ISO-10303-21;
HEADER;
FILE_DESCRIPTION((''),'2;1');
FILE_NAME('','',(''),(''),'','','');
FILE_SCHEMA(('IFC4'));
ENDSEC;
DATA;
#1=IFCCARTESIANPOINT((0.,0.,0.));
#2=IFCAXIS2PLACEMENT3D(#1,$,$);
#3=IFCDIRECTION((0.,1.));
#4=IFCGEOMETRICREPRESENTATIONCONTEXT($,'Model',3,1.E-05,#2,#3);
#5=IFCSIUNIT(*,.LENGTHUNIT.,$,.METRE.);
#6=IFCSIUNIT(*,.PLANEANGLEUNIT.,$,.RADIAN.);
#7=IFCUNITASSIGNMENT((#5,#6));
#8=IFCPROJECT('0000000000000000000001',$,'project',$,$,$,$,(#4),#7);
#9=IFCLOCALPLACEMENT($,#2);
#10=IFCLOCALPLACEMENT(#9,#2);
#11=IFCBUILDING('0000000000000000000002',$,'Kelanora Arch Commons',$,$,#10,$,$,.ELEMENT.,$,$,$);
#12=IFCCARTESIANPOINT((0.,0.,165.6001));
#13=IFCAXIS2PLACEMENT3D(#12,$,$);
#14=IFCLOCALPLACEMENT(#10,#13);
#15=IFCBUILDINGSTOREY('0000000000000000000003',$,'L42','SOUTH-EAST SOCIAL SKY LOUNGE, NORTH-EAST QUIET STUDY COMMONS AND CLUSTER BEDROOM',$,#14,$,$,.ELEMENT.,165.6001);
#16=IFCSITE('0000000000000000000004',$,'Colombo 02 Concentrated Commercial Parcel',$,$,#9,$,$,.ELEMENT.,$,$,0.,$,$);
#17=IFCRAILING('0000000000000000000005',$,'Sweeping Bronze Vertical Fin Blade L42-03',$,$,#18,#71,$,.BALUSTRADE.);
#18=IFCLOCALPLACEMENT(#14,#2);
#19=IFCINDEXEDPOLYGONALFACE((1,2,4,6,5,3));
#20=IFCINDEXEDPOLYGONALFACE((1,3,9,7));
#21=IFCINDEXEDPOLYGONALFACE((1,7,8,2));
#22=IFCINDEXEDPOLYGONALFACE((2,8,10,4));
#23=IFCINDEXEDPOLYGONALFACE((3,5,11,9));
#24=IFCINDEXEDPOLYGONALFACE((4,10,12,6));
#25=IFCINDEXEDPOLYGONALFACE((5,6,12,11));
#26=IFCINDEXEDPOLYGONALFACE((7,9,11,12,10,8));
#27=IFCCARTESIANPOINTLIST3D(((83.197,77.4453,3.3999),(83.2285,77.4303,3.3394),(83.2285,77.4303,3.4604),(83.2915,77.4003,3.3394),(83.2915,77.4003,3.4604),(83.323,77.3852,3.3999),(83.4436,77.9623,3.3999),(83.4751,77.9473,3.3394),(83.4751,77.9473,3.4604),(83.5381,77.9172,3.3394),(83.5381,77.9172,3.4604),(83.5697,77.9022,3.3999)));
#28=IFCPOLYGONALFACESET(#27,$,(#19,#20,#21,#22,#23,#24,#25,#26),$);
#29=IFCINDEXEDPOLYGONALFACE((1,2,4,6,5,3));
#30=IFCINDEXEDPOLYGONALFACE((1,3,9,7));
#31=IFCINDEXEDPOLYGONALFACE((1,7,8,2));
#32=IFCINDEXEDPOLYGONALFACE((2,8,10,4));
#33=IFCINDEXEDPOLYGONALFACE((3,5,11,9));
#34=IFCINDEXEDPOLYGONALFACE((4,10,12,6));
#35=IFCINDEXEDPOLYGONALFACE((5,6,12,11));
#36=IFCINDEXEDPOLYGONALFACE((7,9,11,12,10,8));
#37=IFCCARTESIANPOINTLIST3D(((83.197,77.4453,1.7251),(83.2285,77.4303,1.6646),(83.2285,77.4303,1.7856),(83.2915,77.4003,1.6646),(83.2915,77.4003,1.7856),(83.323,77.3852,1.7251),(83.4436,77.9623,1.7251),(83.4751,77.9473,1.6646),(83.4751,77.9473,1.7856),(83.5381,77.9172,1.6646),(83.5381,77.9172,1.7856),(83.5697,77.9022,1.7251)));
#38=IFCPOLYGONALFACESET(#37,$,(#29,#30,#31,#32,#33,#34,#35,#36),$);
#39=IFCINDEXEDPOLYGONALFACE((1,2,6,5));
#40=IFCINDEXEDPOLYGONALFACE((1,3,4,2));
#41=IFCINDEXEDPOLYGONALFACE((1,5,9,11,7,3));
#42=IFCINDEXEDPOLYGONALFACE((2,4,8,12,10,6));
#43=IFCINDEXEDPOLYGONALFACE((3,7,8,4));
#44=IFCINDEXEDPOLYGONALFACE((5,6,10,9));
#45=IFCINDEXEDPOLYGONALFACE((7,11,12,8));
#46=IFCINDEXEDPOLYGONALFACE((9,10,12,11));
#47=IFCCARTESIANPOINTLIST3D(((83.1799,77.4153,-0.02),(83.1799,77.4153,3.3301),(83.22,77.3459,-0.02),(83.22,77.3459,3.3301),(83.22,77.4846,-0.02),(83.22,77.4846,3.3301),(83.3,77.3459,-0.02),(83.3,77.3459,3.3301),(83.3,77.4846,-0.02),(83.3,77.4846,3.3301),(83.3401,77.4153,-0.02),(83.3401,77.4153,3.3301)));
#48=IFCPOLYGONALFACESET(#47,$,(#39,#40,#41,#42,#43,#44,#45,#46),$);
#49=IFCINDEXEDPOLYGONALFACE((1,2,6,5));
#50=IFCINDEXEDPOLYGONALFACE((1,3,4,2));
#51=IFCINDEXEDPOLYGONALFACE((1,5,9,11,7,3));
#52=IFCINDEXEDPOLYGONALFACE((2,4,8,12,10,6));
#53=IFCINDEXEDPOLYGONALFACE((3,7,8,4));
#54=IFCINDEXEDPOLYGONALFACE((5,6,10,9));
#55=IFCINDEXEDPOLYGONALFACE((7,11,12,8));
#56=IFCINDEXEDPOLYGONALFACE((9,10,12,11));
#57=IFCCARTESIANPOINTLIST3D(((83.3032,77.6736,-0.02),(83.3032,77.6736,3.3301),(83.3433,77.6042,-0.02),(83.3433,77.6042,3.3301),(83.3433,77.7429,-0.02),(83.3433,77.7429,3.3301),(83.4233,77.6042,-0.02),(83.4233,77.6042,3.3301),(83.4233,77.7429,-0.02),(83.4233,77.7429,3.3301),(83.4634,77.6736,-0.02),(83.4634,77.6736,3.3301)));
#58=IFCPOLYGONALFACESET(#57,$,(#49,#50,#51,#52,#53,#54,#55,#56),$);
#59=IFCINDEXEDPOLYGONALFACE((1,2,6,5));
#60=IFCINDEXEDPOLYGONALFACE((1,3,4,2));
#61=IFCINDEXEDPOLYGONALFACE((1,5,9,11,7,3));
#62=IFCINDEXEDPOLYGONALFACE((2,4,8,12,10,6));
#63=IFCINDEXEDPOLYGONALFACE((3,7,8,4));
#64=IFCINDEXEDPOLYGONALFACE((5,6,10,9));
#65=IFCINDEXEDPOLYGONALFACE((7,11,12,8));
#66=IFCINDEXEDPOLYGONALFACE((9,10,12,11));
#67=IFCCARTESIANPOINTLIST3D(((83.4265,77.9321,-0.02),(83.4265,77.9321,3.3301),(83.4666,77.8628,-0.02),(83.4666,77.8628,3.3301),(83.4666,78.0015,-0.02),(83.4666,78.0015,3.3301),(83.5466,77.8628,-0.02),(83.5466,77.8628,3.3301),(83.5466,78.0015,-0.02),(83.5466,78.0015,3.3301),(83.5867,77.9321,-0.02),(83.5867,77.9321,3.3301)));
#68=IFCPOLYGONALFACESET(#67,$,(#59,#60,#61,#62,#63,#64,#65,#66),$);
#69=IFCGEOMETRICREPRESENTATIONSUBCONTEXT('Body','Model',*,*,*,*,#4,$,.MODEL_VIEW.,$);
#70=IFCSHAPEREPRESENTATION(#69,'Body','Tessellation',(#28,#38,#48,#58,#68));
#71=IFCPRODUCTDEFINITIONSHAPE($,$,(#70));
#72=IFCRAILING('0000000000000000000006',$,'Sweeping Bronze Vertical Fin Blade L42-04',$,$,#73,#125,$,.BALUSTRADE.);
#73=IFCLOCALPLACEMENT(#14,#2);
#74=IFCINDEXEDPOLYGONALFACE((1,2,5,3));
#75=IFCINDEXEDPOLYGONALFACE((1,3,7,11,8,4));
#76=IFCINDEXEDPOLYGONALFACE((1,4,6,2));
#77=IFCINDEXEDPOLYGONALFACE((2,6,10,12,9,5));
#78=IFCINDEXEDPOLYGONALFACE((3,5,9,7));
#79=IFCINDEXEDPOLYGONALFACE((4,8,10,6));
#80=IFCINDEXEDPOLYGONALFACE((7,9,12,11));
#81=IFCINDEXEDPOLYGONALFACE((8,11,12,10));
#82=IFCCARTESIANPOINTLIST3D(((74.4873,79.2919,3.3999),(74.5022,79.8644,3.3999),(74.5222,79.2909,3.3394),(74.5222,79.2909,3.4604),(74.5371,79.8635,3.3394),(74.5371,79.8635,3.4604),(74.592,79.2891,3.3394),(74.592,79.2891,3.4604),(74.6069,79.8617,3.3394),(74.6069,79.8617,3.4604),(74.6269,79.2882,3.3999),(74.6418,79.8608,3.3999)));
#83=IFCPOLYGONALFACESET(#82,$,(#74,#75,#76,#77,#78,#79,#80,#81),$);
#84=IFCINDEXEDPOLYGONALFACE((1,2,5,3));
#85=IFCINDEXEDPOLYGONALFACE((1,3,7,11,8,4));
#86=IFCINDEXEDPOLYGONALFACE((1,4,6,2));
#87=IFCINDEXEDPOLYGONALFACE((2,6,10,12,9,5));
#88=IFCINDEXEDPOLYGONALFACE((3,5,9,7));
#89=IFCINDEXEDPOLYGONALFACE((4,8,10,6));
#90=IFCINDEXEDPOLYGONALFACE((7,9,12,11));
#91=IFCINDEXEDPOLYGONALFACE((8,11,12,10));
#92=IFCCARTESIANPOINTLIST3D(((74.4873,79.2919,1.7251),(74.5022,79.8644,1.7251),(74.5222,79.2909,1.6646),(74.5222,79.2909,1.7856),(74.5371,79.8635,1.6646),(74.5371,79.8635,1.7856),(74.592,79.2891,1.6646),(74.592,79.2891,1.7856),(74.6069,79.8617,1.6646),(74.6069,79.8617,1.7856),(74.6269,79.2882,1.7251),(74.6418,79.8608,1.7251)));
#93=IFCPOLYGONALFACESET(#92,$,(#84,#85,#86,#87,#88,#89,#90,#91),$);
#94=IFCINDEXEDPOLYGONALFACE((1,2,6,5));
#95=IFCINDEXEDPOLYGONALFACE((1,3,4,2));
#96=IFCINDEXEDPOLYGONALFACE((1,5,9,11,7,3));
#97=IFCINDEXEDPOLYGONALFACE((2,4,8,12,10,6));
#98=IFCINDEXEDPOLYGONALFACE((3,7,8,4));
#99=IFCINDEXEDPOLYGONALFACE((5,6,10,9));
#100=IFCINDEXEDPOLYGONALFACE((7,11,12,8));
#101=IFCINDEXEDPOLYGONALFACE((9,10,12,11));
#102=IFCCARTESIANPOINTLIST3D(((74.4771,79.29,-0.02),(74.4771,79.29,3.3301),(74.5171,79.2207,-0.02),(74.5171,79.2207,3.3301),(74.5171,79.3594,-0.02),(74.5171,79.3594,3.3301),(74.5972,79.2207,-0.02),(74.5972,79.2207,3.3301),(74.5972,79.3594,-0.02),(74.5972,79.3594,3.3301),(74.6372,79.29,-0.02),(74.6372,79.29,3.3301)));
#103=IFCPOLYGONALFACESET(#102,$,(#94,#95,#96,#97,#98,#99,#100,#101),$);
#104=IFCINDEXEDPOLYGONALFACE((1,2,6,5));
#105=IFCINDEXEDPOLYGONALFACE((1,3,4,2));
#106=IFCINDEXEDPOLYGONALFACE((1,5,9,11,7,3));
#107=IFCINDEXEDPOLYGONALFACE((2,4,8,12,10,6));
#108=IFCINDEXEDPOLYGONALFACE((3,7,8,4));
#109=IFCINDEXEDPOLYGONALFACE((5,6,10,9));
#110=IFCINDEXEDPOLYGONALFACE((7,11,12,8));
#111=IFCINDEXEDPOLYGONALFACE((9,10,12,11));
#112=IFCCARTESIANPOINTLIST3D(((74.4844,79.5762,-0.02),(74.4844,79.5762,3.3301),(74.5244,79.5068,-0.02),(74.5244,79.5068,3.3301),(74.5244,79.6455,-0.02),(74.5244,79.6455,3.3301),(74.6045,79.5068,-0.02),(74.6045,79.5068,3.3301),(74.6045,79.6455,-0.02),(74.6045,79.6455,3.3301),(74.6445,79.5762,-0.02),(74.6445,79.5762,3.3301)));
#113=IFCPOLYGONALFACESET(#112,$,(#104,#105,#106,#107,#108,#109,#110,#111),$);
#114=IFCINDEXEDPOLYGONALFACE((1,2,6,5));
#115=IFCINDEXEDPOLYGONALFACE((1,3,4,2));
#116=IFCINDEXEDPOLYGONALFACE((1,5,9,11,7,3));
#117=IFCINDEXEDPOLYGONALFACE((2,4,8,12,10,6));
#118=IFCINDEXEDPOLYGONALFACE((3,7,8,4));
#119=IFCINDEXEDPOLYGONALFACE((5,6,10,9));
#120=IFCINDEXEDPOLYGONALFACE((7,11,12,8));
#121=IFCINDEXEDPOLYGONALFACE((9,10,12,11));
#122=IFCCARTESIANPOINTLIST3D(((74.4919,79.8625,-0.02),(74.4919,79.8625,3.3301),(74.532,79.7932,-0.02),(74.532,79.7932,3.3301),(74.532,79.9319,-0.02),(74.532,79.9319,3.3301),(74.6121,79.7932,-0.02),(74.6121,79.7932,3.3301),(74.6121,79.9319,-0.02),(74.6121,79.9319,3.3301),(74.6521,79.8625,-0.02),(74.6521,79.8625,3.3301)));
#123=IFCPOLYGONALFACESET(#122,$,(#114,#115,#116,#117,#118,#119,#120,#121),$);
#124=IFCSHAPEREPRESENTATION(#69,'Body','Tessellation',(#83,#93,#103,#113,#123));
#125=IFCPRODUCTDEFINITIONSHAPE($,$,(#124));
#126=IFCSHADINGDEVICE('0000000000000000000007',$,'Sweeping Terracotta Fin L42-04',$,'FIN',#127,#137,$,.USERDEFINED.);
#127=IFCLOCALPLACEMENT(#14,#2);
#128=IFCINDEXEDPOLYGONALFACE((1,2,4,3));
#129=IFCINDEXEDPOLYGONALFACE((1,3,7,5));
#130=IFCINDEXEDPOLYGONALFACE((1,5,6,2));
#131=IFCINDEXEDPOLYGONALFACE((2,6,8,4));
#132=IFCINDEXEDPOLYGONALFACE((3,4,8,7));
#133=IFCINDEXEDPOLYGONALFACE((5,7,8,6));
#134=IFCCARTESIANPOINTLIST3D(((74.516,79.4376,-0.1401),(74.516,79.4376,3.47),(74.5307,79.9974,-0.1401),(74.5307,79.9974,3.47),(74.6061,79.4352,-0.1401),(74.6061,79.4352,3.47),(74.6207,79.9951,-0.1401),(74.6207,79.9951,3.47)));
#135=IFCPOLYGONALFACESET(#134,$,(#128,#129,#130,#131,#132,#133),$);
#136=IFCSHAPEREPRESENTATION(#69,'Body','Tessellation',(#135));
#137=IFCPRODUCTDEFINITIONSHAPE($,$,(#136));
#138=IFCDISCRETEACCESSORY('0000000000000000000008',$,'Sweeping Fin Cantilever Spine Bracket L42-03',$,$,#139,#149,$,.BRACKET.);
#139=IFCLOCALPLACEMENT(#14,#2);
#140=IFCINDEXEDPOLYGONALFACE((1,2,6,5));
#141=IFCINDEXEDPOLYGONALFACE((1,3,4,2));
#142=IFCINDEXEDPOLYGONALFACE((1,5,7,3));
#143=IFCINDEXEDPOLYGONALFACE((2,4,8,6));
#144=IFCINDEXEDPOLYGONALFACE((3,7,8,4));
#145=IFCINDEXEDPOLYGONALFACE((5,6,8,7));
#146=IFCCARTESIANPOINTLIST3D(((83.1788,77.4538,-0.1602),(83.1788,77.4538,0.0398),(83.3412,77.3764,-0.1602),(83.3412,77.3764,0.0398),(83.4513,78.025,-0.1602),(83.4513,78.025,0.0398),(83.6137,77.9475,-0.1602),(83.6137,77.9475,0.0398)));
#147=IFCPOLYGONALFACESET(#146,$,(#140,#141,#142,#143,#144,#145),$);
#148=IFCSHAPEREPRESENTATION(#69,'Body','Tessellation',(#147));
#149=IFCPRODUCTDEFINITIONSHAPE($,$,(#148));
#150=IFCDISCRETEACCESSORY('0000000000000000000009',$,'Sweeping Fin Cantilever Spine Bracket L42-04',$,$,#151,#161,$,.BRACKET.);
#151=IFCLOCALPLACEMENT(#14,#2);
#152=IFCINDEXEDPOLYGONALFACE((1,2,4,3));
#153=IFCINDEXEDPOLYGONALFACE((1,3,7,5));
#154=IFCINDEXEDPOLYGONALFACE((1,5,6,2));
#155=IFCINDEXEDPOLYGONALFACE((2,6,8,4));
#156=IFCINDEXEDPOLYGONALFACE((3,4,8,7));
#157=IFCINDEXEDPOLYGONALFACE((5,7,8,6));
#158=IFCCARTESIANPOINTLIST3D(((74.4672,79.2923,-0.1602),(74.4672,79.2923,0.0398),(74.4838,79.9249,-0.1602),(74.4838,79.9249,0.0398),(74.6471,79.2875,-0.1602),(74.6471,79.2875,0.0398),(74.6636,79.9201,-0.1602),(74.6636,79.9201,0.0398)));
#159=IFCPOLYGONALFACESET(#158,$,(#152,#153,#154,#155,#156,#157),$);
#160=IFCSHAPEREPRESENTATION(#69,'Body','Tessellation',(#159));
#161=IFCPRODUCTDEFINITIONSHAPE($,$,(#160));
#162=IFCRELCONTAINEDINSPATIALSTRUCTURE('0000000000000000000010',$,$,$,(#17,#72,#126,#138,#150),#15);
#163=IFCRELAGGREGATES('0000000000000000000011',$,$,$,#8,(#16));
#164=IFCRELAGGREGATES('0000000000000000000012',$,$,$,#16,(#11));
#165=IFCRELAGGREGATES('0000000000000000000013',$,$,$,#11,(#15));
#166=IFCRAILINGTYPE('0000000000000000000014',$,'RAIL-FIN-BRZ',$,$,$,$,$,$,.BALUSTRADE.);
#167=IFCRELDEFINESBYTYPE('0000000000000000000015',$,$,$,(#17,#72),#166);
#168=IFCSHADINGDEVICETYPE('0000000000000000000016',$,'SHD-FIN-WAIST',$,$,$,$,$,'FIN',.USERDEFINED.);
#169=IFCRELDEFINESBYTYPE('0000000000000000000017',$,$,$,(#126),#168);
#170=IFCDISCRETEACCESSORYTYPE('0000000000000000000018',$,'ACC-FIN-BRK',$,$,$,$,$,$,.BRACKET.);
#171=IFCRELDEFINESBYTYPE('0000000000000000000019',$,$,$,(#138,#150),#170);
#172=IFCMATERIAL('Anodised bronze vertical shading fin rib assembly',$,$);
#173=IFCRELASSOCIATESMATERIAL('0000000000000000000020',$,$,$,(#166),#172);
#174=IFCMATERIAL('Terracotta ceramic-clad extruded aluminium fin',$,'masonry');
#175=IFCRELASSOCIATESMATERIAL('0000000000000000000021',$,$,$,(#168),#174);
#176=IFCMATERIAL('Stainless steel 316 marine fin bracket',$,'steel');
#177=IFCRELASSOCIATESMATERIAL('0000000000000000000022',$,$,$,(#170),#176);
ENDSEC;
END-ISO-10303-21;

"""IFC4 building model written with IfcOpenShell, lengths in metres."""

from ifc_helpers import new_model, si_unit, direction, frame, origin, origin_2d, place, context, subcontext, project, spatial, polyline, rectangle, outline, extrude, source, transform, mapped, material, type_object, element, save


model = new_model("IFC4")

# Units and contexts
model_context = context("Model", 3, precision=1e-05, world=origin(), true_north=direction((0.0, 1.0)))
body_context = subcontext(model_context, "Body", "Model", "MODEL_VIEW")
ifc_project = project(units=[si_unit("LENGTHUNIT", "METRE"), si_unit("PLANEANGLEUNIT", "RADIAN")], contexts=[model_context])

# Site, building, storey
site_placement = place(None, origin())
site = spatial("IfcSite", under=ifc_project, at=site_placement, Name="Colombo 02 Concentrated Commercial Parcel", CompositionType="ELEMENT", RefElevation=0.0)
building_placement = place(site_placement, origin())
building = spatial("IfcBuilding", under=site, at=building_placement, Name="Kelanora Arch Commons", CompositionType="ELEMENT")
storey_placement = place(building_placement, frame((0.0, 0.0, 165.6001)))
storey = spatial("IfcBuildingStorey", under=building, at=storey_placement, Name="L42", Description="SOUTH-EAST SOCIAL SKY LOUNGE, NORTH-EAST QUIET STUDY COMMONS AND CLUSTER BEDROOM", CompositionType="ELEMENT", Elevation=165.6001)

# Railings
ifc_material_1 = material(Name="Anodised bronze vertical shading fin rib assembly")
railing_type = type_object("IfcRailingType", Name="RAIL-FIN-BRZ", PredefinedType="BALUSTRADE", material=ifc_material_1)
railing_1_placement = place(storey_placement, frame((83.26, 77.4153, -0.02)))
element("IfcRailing", 1, at=railing_1_placement, inside=storey, type_object=railing_type, Name="Sweeping Bronze Vertical Fin Blade L42-03", PredefinedType="BALUSTRADE", context=body_context, shape_type="SweptSolid", body=[
    extrude(outline(polyline([(0.0698, 0.0), (0.0349, 0.0605), (-0.0349, 0.0605), (-0.0698, 0.0), (-0.0349, -0.0605), (0.0349, -0.0605), (0.0698, 0.0)])), frame((0.0, 0.0, 3.4199), z_axis=(0.430595, 0.902545, 0.0), x_axis=(-0.902545, 0.430595, 0.0)), (0.0, 0.0, 1.0), 0.5728),
    extrude(outline(polyline([(0.0698, 0.0), (0.0349, 0.0605), (-0.0349, 0.0605), (-0.0698, 0.0), (-0.0349, -0.0605), (0.0349, -0.0605), (0.0698, 0.0)])), frame((0.0, 0.0, 1.7451), z_axis=(0.430595, 0.902545, 0.0), x_axis=(-0.902545, 0.430595, 0.0)), (0.0, 0.0, 1.0), 0.5728),
    extrude(outline(polyline([(0.0801, 0.0), (0.04, 0.0693), (-0.04, 0.0693), (-0.0801, 0.0), (-0.04, -0.0693), (0.04, -0.0693), (0.0801, 0.0)])), origin(), (0.0, 0.0, 1.0), 3.3501),
    extrude(outline(polyline([(0.0801, 0.0), (0.04, 0.0693), (-0.04, 0.0693), (-0.0801, 0.0), (-0.04, -0.0693), (0.04, -0.0693), (0.0801, 0.0)])), frame((0.1233, 0.2583, 0.0)), (0.0, 0.0, 1.0), 3.3501),
    extrude(outline(polyline([(0.0801, 0.0), (0.04, 0.0693), (-0.04, 0.0693), (-0.0801, 0.0), (-0.04, -0.0693), (0.04, -0.0693), (0.0801, 0.0)])), frame((0.2466, 0.5168, 0.0)), (0.0, 0.0, 1.0), 3.3501),
])
railing_2_placement = place(storey_placement, frame((74.5571, 79.29, -0.02)))
element("IfcRailing", 2, at=railing_2_placement, inside=storey, type_object=railing_type, Name="Sweeping Bronze Vertical Fin Blade L42-04", PredefinedType="BALUSTRADE", context=body_context, shape_type="SweptSolid", body=[
    extrude(outline(polyline([(0.0698, 0.0), (0.0349, 0.0605), (-0.0349, 0.0605), (-0.0698, 0.0), (-0.0349, -0.0605), (0.0349, -0.0605), (0.0698, 0.0)])), frame((0.0, 0.0, 3.4199), z_axis=(0.026004, 0.999662, 0.0), x_axis=(-0.999662, 0.026004, 0.0)), (0.0, 0.0, 1.0), 0.5728),
    extrude(outline(polyline([(0.0698, 0.0), (0.0349, 0.0605), (-0.0349, 0.0605), (-0.0698, 0.0), (-0.0349, -0.0605), (0.0349, -0.0605), (0.0698, 0.0)])), frame((0.0, 0.0, 1.7451), z_axis=(0.026004, 0.999662, 0.0), x_axis=(-0.999662, 0.026004, 0.0)), (0.0, 0.0, 1.0), 0.5728),
    extrude(outline(polyline([(0.0801, 0.0), (0.04, 0.0693), (-0.04, 0.0693), (-0.0801, 0.0), (-0.04, -0.0693), (0.04, -0.0693), (0.0801, 0.0)])), origin(), (0.0, 0.0, 1.0), 3.3501),
    extrude(outline(polyline([(0.0801, 0.0), (0.04, 0.0693), (-0.04, 0.0693), (-0.0801, 0.0), (-0.04, -0.0693), (0.04, -0.0693), (0.0801, 0.0)])), frame((0.0073, 0.2861, 0.0)), (0.0, 0.0, 1.0), 3.3501),
    extrude(outline(polyline([(0.0801, 0.0), (0.04, 0.0693), (-0.04, 0.0693), (-0.0801, 0.0), (-0.04, -0.0693), (0.04, -0.0693), (0.0801, 0.0)])), frame((0.0149, 0.5725, 0.0)), (0.0, 0.0, 1.0), 3.3501),
])

# Shading device
ifc_material_2 = material(Name="Terracotta ceramic-clad extruded aluminium fin", Category="masonry")
shading_device_type = type_object("IfcShadingDeviceType", Name="SHD-FIN-WAIST", ElementType="FIN", PredefinedType="USERDEFINED", material=ifc_material_2)
shared_shape_1 = source(origin(), body_context, "Body", "SweptSolid", [
    extrude(rectangle(XDim=0.5601, YDim=0.0901, at=origin_2d()), origin(), (0.0, 0.0, 1.0), 3.6101),
])
shading_device_placement = place(storey_placement, frame((74.5684, 79.7163, -0.1401), z_axis=(0.0, 0.0, 1.0), x_axis=(0.026177, 0.999657, 0.0)))
element("IfcShadingDevice", 3, at=shading_device_placement, inside=storey, type_object=shading_device_type, Name="Sweeping Terracotta Fin L42-04", ObjectType="FIN", PredefinedType="USERDEFINED", context=body_context, shape_type="MappedRepresentation", body=[
    mapped(shared_shape_1, transform((0.0, 0.0, 0.0), scale=1.0)),
])

# Discrete accessories
ifc_material_3 = material(Name="Stainless steel 316 marine fin bracket", Category="steel")
discrete_accessory_type = type_object("IfcDiscreteAccessoryType", Name="ACC-FIN-BRK", PredefinedType="BRACKET", material=ifc_material_3)
shared_shape_2 = source(origin(), body_context, "Body", "SweptSolid", [
    extrude(rectangle(XDim=0.6328, YDim=0.1799, at=origin_2d()), origin(), (0.0, 0.0, 1.0), 0.2),
])
for number, where, z_axis, x_axis, name in (
    (4, (83.3962, 77.7007, -0.1602), (0.0, 0.0, 1.0), (0.430511, 0.902585, 0.0), "Sweeping Fin Cantilever Spine Bracket L42-03"),
    (5, (74.5654, 79.6062, -0.1602), (0.0, 0.0, 1.0), (0.026177, 0.999657, 0.0), "Sweeping Fin Cantilever Spine Bracket L42-04"),
):
    element("IfcDiscreteAccessory", number, at=place(storey_placement, frame(where, z_axis=z_axis, x_axis=x_axis)), inside=storey, type_object=discrete_accessory_type, Name=name, PredefinedType="BRACKET", context=body_context, shape_type="MappedRepresentation", body=[
        mapped(shared_shape_2, transform((0.0, 0.0, 0.0), scale=1.0)),
    ])

save(model, "model.ifc")
